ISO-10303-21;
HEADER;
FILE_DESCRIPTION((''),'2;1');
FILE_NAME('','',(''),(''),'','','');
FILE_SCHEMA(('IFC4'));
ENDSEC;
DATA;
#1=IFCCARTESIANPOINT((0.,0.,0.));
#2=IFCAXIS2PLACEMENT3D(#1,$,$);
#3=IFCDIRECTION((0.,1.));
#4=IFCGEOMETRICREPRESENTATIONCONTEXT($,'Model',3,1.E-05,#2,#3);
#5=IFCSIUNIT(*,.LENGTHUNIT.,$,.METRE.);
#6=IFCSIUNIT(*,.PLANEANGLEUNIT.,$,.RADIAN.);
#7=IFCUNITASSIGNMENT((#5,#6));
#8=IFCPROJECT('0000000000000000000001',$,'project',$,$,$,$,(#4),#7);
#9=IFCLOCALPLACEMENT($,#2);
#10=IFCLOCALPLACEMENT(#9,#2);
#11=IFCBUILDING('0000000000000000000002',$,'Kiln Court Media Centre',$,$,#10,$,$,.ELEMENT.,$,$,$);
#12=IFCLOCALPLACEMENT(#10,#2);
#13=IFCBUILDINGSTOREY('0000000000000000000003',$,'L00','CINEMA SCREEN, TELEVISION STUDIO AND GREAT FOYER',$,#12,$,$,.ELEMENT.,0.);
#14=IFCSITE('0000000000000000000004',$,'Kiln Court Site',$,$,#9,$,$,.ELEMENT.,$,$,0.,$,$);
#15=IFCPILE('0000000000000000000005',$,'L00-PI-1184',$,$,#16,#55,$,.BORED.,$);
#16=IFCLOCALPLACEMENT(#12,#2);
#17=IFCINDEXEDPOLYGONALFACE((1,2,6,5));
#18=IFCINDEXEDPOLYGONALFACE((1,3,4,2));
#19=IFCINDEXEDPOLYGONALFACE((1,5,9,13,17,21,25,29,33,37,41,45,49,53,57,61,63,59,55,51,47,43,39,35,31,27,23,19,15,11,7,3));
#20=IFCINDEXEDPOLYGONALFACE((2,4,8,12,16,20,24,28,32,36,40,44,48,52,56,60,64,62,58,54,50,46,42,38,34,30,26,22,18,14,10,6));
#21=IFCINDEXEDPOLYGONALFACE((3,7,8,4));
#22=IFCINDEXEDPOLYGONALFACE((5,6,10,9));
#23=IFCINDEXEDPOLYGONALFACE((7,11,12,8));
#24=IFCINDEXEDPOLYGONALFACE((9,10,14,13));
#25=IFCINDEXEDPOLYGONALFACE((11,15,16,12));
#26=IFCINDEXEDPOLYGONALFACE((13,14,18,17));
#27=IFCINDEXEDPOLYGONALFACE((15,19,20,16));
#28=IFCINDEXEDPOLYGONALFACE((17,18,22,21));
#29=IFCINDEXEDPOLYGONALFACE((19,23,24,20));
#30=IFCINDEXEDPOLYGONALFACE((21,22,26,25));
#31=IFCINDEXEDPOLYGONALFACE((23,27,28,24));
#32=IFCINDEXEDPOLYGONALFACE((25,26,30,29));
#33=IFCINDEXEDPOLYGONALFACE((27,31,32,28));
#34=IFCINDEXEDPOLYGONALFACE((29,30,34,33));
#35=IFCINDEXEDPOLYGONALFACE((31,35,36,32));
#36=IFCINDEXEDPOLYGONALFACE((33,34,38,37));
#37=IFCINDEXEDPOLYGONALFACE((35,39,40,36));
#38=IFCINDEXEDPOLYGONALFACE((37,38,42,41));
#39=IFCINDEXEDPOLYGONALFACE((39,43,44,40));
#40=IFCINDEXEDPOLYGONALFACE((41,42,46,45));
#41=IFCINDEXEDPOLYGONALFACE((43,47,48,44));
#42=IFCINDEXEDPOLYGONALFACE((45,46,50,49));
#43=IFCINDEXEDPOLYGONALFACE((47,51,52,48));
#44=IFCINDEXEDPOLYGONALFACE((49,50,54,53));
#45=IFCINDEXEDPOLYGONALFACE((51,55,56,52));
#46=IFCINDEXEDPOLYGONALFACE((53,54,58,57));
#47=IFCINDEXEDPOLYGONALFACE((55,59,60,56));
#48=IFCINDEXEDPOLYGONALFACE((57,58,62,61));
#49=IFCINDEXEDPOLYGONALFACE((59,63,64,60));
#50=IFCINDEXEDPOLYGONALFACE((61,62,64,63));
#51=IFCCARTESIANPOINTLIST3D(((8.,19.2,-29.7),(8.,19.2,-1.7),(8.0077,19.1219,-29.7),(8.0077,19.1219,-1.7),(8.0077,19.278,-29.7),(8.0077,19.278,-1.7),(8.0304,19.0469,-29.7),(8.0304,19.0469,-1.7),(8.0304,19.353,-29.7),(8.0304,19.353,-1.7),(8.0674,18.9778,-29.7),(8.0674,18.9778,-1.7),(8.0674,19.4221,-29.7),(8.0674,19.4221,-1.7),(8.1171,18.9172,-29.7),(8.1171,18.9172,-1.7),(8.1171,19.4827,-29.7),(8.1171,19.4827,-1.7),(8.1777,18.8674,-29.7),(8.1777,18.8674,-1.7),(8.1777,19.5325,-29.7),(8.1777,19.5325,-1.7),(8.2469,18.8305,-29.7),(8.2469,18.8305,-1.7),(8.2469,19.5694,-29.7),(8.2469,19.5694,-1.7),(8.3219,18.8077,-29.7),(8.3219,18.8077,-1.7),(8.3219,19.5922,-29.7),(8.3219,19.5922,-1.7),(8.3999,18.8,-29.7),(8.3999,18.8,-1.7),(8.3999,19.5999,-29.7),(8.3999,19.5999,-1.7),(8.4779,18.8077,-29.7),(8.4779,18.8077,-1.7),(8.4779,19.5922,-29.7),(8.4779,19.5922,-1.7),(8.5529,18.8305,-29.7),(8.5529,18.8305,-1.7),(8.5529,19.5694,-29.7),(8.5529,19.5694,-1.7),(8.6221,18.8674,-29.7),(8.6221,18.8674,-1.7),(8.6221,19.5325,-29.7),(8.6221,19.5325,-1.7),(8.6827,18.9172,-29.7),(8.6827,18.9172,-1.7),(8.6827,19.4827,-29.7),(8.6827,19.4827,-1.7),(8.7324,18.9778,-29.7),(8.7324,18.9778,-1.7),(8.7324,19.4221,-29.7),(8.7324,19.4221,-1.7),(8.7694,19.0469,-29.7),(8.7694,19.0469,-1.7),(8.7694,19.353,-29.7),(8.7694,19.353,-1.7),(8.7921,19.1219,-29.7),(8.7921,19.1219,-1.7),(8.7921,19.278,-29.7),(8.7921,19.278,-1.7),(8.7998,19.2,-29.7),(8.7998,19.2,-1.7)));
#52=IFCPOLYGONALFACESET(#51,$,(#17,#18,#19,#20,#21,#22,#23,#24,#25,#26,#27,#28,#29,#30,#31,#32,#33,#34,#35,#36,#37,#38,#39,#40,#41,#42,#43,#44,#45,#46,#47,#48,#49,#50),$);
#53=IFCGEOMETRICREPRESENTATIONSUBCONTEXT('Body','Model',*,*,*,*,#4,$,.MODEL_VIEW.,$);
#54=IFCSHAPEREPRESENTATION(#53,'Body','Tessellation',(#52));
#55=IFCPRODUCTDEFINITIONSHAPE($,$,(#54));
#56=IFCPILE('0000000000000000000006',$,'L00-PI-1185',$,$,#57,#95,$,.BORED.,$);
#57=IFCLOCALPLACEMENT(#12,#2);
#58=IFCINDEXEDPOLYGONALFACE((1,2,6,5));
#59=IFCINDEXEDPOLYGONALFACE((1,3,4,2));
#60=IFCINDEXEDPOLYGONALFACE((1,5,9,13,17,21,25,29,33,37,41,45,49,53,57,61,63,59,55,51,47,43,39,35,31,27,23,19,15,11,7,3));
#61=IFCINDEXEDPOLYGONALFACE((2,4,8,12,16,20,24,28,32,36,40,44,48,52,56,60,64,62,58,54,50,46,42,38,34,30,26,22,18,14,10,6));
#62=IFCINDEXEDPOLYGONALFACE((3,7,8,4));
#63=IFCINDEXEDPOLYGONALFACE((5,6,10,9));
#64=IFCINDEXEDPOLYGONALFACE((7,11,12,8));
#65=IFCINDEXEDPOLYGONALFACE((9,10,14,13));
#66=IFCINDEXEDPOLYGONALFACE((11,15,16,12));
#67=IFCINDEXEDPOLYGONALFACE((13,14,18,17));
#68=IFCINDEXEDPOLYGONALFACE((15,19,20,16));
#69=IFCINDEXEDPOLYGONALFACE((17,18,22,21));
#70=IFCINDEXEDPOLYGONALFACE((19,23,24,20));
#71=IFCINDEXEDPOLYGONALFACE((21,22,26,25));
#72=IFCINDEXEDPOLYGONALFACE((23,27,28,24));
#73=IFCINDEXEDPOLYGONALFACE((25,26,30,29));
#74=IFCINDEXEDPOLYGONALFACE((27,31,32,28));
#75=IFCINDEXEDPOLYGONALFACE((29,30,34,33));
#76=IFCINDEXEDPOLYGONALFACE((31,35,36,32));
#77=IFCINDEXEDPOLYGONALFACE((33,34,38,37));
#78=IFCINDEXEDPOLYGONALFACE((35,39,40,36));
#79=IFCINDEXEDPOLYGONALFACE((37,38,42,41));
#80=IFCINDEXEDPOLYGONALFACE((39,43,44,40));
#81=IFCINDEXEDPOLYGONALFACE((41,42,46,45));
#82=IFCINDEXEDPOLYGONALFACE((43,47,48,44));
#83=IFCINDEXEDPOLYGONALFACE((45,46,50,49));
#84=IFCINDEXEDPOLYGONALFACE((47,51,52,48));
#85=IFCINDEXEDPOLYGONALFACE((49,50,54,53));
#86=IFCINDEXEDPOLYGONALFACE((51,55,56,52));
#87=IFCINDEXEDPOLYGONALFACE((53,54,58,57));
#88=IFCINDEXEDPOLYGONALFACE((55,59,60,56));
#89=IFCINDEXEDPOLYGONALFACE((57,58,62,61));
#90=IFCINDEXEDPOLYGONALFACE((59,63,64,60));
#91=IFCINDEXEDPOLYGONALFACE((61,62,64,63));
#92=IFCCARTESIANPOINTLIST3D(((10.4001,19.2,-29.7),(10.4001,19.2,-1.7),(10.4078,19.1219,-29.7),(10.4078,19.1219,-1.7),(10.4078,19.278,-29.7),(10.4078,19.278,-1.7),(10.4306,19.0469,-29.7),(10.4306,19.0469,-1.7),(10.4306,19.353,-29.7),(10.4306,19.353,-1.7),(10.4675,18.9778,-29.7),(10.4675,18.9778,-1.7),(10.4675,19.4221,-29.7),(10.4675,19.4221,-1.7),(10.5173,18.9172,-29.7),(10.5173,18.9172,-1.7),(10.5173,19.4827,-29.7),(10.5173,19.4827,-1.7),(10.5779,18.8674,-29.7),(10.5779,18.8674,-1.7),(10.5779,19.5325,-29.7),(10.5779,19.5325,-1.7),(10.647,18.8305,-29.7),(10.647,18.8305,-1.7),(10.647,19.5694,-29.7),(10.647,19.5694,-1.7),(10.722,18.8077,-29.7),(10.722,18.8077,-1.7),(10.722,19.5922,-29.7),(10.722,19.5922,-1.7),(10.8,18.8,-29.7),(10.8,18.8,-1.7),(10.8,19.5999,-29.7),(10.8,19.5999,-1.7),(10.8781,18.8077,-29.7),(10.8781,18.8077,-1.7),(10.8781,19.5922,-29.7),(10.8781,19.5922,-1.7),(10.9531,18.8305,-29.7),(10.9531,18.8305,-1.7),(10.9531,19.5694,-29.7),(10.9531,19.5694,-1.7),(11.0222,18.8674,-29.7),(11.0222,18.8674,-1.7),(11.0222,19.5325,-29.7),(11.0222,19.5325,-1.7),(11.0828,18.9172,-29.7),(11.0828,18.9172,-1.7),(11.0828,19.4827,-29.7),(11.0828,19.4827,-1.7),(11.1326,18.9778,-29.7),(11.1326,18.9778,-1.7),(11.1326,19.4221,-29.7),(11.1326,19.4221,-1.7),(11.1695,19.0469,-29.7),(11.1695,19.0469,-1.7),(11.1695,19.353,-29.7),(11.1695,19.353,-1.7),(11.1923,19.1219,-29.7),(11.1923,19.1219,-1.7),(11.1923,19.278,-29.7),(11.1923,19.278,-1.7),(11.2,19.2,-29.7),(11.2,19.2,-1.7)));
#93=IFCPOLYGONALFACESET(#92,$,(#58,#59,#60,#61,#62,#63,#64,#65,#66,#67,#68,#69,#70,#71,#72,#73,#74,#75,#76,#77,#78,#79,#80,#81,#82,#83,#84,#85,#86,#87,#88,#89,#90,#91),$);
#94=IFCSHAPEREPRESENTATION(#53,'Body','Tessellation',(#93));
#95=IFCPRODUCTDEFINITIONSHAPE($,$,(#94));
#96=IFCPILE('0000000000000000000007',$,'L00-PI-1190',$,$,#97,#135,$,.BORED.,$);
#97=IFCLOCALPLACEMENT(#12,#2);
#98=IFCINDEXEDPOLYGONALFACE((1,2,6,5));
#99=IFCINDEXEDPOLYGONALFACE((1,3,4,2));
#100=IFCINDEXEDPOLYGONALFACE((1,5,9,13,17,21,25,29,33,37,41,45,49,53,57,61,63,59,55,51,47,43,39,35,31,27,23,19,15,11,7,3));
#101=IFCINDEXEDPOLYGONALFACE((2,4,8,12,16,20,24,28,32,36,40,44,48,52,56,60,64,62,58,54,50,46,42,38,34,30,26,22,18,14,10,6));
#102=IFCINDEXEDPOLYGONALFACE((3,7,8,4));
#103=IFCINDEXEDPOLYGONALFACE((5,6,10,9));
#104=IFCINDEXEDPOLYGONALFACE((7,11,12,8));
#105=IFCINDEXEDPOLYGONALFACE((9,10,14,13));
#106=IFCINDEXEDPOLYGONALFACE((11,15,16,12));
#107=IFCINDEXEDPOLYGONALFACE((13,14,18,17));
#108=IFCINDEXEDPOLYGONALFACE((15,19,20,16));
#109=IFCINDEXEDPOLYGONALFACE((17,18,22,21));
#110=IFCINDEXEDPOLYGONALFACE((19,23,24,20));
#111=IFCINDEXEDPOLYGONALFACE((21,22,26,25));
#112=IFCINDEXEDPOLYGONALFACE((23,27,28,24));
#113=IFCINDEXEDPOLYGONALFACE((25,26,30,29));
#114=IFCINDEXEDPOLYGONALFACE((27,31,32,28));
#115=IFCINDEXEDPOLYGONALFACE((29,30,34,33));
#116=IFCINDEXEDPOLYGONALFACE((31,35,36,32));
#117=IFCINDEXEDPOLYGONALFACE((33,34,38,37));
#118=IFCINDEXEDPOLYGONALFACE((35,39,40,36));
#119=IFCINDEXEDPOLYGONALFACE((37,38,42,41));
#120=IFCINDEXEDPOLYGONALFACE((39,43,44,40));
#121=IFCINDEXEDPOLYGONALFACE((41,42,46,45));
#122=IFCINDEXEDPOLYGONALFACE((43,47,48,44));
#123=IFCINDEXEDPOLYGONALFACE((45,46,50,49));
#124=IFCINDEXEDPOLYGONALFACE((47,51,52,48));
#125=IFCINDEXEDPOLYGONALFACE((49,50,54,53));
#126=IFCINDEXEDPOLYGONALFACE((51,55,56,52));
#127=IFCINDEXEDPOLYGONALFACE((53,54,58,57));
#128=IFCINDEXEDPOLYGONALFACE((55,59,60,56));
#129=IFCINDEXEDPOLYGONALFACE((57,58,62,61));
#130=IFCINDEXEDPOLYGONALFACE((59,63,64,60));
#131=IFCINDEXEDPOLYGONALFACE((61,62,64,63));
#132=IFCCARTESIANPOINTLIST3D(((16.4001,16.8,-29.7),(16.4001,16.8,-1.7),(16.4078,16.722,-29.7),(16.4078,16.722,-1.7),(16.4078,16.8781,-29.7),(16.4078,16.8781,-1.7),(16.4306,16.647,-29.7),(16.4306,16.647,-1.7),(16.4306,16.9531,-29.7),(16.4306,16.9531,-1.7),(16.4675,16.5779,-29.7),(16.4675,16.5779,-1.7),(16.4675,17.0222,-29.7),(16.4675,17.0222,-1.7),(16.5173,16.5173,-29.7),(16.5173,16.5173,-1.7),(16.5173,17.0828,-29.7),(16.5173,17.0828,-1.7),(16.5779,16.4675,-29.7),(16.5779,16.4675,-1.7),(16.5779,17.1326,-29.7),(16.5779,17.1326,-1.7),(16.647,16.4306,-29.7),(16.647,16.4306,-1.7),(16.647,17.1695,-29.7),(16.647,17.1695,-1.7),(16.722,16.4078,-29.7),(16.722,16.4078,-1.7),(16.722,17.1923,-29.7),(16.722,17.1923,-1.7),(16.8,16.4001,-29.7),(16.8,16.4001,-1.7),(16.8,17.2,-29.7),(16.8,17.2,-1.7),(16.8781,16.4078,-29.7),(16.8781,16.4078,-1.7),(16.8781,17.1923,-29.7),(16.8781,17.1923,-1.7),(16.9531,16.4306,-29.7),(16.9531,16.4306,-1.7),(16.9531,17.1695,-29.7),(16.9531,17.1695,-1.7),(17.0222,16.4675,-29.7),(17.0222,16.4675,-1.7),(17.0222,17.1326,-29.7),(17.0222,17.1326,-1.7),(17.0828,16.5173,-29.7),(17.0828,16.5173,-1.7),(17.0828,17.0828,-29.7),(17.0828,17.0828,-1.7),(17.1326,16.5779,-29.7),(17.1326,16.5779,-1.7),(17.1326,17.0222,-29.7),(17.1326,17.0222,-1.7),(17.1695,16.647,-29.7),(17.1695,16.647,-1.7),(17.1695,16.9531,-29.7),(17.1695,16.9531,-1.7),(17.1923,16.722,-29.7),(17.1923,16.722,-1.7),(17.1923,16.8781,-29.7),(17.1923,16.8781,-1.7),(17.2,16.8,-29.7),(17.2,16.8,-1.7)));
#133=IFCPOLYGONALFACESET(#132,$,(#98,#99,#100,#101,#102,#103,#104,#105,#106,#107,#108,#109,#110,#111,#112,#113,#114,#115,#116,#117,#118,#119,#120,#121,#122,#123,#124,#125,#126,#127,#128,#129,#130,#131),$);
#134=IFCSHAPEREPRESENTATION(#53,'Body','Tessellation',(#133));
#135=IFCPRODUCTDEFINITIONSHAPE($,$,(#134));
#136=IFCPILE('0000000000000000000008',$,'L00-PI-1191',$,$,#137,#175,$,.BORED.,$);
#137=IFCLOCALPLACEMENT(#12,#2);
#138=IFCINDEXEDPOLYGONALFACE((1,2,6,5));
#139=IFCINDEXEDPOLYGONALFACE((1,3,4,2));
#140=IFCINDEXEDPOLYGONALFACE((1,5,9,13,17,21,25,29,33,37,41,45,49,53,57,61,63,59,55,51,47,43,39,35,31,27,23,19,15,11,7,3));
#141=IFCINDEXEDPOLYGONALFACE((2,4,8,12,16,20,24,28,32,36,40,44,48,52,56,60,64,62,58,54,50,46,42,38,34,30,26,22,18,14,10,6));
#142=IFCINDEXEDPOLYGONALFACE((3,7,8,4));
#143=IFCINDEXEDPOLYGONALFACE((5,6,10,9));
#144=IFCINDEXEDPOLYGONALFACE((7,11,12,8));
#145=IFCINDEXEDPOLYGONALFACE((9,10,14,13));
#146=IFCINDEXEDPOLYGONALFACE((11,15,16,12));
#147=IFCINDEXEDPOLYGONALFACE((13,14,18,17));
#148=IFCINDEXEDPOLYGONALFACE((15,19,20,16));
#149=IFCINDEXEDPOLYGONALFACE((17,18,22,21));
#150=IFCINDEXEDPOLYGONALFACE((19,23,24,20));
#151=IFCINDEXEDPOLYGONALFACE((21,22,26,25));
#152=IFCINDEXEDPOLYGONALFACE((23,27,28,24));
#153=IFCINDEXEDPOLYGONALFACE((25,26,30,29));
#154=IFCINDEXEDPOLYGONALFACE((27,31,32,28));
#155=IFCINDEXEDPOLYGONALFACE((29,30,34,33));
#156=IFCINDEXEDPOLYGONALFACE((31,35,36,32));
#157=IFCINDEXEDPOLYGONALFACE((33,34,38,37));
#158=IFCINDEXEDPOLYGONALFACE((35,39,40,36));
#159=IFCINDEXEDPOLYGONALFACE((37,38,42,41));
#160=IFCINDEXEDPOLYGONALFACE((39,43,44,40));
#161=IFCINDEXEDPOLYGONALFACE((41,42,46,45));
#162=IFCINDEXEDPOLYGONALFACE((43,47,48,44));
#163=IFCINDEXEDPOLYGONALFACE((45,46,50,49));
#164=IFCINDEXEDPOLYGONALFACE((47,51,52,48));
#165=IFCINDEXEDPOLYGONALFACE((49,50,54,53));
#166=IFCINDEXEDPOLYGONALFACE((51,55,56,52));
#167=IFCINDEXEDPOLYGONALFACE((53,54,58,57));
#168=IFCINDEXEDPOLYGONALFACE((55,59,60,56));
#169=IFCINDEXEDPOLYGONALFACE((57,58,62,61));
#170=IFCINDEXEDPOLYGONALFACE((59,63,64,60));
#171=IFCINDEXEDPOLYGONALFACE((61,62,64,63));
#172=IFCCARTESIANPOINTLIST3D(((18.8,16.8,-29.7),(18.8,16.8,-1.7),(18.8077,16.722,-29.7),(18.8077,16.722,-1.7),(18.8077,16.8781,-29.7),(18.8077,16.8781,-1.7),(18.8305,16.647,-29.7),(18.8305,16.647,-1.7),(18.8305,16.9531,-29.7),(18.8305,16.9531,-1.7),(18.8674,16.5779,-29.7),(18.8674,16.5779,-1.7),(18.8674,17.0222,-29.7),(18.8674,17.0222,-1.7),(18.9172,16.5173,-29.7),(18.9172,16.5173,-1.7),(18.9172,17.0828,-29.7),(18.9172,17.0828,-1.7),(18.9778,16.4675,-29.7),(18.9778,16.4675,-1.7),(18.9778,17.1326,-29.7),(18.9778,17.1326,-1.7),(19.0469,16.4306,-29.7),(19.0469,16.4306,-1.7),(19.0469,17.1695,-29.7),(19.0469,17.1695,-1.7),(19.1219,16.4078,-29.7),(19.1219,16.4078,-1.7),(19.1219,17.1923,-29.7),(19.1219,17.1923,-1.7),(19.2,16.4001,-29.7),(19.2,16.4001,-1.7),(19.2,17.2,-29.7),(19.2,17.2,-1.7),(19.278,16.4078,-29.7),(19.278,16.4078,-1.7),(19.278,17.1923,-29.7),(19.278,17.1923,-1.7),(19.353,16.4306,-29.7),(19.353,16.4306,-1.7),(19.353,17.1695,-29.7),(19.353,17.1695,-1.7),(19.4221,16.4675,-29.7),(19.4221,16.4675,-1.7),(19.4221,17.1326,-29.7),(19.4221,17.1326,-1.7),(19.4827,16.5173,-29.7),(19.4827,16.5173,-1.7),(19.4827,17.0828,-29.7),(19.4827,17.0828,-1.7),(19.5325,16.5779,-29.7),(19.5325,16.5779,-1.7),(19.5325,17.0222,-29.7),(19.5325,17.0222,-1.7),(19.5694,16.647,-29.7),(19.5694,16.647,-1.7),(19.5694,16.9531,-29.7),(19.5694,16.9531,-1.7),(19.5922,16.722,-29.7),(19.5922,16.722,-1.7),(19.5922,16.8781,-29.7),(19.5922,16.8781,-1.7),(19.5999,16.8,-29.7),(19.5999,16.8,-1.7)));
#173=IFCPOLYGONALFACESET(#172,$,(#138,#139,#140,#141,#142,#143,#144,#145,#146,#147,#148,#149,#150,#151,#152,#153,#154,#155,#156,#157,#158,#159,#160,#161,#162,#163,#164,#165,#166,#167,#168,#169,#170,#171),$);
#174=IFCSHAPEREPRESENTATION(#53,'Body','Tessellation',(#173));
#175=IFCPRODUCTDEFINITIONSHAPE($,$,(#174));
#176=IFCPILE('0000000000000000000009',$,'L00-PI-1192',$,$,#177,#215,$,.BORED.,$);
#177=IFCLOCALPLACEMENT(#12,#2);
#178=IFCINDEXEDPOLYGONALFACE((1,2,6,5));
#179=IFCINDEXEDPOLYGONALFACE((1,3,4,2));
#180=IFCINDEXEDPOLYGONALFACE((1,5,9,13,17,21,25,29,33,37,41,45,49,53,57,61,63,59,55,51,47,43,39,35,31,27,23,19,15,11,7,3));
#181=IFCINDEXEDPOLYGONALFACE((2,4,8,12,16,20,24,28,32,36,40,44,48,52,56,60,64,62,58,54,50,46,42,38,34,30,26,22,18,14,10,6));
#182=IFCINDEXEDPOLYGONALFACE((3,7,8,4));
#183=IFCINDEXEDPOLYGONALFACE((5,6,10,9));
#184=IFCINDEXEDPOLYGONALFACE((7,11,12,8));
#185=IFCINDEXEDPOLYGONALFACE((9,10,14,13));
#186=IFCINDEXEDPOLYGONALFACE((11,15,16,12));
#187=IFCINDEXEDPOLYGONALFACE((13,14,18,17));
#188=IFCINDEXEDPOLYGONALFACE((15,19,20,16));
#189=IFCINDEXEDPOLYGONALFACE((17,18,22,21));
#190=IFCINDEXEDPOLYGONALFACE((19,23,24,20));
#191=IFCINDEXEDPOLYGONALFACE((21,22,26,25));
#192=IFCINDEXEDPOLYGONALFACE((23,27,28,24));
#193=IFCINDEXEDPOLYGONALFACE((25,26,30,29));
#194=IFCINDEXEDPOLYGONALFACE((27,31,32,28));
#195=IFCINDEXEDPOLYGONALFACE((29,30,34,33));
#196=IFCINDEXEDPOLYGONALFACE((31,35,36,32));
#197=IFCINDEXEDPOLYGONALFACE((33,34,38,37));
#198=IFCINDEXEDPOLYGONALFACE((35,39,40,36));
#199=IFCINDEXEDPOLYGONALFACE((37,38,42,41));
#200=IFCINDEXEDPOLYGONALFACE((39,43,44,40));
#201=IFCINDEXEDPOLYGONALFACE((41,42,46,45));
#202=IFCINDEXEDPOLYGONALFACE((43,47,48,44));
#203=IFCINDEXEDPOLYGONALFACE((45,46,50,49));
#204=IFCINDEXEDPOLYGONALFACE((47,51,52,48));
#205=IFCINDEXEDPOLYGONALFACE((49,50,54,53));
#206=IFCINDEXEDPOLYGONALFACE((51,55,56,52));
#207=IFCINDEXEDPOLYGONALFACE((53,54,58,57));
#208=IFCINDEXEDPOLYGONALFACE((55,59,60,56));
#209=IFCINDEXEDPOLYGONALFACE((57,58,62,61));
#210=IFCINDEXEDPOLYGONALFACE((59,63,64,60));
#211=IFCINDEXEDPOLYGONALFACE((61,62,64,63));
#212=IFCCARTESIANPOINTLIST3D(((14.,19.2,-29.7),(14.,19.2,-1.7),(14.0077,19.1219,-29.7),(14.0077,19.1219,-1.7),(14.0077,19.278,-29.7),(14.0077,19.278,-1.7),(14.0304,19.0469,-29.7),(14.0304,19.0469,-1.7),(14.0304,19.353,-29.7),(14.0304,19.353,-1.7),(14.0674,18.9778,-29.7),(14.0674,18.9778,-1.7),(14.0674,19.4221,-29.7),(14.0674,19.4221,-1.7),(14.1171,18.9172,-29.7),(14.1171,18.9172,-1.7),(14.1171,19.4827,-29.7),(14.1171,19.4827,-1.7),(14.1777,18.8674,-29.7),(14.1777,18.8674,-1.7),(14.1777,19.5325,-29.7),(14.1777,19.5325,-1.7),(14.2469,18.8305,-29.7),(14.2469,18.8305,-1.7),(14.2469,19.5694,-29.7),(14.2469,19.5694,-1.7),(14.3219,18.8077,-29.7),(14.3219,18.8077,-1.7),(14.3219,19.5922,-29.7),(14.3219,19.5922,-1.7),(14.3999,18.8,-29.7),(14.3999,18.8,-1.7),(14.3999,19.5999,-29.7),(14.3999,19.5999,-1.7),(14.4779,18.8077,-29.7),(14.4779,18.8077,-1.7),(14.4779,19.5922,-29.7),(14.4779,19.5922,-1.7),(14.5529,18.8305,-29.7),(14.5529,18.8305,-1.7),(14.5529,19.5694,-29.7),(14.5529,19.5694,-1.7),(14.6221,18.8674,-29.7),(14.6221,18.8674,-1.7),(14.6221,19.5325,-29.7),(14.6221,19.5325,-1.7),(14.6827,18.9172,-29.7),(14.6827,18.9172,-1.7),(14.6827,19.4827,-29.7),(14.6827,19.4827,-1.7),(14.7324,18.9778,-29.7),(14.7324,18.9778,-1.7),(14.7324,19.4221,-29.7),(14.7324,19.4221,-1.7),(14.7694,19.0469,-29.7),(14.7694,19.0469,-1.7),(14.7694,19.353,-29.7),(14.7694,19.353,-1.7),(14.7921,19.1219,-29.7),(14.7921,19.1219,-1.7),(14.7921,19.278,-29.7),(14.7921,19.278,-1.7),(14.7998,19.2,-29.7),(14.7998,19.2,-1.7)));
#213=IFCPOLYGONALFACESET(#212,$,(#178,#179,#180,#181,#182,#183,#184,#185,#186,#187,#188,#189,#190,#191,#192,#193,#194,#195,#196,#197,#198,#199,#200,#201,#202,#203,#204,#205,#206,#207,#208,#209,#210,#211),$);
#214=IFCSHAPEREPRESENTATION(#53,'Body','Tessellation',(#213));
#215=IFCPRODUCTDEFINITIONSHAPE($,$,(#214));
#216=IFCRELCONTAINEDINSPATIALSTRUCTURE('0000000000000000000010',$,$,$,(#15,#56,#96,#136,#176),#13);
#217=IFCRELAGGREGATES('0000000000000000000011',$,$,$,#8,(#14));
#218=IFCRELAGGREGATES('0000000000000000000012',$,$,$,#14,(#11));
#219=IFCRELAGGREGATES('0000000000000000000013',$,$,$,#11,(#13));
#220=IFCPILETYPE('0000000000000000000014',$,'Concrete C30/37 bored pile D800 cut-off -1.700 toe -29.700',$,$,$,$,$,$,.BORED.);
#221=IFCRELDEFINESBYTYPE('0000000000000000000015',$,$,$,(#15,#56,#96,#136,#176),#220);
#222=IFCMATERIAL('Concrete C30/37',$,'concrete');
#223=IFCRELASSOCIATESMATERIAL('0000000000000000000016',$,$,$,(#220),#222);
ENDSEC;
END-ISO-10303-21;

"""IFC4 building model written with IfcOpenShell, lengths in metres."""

from ifc_helpers import new_model, si_unit, direction, frame, origin, origin_2d, place, context, subcontext, project, spatial, circle, extrude, material, material_profile, profile_set, type_object, element, save


model = new_model("IFC4")

# Units and contexts
model_context = context("Model", 3, precision=1e-05, world=origin(), true_north=direction((0.0, 1.0)))
body_context = subcontext(model_context, "Body", "Model", "MODEL_VIEW")
ifc_project = project(units=[si_unit("LENGTHUNIT", "METRE"), si_unit("PLANEANGLEUNIT", "RADIAN")], contexts=[model_context])

# Site, building, storey
site_placement = place(None, origin())
site = spatial("IfcSite", under=ifc_project, at=site_placement, Name="Kiln Court Site", CompositionType="ELEMENT", RefElevation=0.0)
building_placement = place(site_placement, origin())
building = spatial("IfcBuilding", under=site, at=building_placement, Name="Kiln Court Media Centre", CompositionType="ELEMENT")
storey_placement = place(building_placement, origin())
storey = spatial("IfcBuildingStorey", under=building, at=storey_placement, Name="L00", Description="CINEMA SCREEN, TELEVISION STUDIO AND GREAT FOYER", CompositionType="ELEMENT", Elevation=0.0)

# Piles
ifc_material_1 = material(Name="Concrete C30/37", Category="concrete")
ifc_material_profile_1 = material_profile(ifc_material_1, circle(Radius=0.3999, at=origin_2d()), Name="PILE D800")
ifc_profile_set_1 = profile_set([ifc_material_profile_1], Name="Concrete C30/37")
pile_type = type_object("IfcPileType", Name="Concrete C30/37 bored pile D800 cut-off -1.700 toe -29.700", PredefinedType="BORED", material=ifc_profile_set_1)
for number, where, z_axis, x_axis, name in (
    (1, (8.3999, 19.2, -1.7), (0.0, 0.0, -1.0), (1.0, 0.0, 0.0), "L00-PI-1184"),
    (2, (10.8, 19.2, -1.7), (0.0, 0.0, -1.0), (1.0, 0.0, 0.0), "L00-PI-1185"),
    (3, (16.8, 16.8, -1.7), (0.0, 0.0, -1.0), (1.0, 0.0, 0.0), "L00-PI-1190"),
    (4, (19.2, 16.8, -1.7), (0.0, 0.0, -1.0), (1.0, 0.0, 0.0), "L00-PI-1191"),
    (5, (14.3999, 19.2, -1.7), (0.0, 0.0, -1.0), (1.0, 0.0, 0.0), "L00-PI-1192"),
):
    element("IfcPile", number, at=place(storey_placement, frame(where, z_axis=z_axis, x_axis=x_axis)), inside=storey, type_object=pile_type, Name=name, PredefinedType="BORED", context=body_context, shape_type="SweptSolid", body=[
        extrude(circle(Radius=0.3999, at=origin_2d()), origin(), (0.0, 0.0, 1.0), 28.0),
    ])

save(model, "model.ifc")
